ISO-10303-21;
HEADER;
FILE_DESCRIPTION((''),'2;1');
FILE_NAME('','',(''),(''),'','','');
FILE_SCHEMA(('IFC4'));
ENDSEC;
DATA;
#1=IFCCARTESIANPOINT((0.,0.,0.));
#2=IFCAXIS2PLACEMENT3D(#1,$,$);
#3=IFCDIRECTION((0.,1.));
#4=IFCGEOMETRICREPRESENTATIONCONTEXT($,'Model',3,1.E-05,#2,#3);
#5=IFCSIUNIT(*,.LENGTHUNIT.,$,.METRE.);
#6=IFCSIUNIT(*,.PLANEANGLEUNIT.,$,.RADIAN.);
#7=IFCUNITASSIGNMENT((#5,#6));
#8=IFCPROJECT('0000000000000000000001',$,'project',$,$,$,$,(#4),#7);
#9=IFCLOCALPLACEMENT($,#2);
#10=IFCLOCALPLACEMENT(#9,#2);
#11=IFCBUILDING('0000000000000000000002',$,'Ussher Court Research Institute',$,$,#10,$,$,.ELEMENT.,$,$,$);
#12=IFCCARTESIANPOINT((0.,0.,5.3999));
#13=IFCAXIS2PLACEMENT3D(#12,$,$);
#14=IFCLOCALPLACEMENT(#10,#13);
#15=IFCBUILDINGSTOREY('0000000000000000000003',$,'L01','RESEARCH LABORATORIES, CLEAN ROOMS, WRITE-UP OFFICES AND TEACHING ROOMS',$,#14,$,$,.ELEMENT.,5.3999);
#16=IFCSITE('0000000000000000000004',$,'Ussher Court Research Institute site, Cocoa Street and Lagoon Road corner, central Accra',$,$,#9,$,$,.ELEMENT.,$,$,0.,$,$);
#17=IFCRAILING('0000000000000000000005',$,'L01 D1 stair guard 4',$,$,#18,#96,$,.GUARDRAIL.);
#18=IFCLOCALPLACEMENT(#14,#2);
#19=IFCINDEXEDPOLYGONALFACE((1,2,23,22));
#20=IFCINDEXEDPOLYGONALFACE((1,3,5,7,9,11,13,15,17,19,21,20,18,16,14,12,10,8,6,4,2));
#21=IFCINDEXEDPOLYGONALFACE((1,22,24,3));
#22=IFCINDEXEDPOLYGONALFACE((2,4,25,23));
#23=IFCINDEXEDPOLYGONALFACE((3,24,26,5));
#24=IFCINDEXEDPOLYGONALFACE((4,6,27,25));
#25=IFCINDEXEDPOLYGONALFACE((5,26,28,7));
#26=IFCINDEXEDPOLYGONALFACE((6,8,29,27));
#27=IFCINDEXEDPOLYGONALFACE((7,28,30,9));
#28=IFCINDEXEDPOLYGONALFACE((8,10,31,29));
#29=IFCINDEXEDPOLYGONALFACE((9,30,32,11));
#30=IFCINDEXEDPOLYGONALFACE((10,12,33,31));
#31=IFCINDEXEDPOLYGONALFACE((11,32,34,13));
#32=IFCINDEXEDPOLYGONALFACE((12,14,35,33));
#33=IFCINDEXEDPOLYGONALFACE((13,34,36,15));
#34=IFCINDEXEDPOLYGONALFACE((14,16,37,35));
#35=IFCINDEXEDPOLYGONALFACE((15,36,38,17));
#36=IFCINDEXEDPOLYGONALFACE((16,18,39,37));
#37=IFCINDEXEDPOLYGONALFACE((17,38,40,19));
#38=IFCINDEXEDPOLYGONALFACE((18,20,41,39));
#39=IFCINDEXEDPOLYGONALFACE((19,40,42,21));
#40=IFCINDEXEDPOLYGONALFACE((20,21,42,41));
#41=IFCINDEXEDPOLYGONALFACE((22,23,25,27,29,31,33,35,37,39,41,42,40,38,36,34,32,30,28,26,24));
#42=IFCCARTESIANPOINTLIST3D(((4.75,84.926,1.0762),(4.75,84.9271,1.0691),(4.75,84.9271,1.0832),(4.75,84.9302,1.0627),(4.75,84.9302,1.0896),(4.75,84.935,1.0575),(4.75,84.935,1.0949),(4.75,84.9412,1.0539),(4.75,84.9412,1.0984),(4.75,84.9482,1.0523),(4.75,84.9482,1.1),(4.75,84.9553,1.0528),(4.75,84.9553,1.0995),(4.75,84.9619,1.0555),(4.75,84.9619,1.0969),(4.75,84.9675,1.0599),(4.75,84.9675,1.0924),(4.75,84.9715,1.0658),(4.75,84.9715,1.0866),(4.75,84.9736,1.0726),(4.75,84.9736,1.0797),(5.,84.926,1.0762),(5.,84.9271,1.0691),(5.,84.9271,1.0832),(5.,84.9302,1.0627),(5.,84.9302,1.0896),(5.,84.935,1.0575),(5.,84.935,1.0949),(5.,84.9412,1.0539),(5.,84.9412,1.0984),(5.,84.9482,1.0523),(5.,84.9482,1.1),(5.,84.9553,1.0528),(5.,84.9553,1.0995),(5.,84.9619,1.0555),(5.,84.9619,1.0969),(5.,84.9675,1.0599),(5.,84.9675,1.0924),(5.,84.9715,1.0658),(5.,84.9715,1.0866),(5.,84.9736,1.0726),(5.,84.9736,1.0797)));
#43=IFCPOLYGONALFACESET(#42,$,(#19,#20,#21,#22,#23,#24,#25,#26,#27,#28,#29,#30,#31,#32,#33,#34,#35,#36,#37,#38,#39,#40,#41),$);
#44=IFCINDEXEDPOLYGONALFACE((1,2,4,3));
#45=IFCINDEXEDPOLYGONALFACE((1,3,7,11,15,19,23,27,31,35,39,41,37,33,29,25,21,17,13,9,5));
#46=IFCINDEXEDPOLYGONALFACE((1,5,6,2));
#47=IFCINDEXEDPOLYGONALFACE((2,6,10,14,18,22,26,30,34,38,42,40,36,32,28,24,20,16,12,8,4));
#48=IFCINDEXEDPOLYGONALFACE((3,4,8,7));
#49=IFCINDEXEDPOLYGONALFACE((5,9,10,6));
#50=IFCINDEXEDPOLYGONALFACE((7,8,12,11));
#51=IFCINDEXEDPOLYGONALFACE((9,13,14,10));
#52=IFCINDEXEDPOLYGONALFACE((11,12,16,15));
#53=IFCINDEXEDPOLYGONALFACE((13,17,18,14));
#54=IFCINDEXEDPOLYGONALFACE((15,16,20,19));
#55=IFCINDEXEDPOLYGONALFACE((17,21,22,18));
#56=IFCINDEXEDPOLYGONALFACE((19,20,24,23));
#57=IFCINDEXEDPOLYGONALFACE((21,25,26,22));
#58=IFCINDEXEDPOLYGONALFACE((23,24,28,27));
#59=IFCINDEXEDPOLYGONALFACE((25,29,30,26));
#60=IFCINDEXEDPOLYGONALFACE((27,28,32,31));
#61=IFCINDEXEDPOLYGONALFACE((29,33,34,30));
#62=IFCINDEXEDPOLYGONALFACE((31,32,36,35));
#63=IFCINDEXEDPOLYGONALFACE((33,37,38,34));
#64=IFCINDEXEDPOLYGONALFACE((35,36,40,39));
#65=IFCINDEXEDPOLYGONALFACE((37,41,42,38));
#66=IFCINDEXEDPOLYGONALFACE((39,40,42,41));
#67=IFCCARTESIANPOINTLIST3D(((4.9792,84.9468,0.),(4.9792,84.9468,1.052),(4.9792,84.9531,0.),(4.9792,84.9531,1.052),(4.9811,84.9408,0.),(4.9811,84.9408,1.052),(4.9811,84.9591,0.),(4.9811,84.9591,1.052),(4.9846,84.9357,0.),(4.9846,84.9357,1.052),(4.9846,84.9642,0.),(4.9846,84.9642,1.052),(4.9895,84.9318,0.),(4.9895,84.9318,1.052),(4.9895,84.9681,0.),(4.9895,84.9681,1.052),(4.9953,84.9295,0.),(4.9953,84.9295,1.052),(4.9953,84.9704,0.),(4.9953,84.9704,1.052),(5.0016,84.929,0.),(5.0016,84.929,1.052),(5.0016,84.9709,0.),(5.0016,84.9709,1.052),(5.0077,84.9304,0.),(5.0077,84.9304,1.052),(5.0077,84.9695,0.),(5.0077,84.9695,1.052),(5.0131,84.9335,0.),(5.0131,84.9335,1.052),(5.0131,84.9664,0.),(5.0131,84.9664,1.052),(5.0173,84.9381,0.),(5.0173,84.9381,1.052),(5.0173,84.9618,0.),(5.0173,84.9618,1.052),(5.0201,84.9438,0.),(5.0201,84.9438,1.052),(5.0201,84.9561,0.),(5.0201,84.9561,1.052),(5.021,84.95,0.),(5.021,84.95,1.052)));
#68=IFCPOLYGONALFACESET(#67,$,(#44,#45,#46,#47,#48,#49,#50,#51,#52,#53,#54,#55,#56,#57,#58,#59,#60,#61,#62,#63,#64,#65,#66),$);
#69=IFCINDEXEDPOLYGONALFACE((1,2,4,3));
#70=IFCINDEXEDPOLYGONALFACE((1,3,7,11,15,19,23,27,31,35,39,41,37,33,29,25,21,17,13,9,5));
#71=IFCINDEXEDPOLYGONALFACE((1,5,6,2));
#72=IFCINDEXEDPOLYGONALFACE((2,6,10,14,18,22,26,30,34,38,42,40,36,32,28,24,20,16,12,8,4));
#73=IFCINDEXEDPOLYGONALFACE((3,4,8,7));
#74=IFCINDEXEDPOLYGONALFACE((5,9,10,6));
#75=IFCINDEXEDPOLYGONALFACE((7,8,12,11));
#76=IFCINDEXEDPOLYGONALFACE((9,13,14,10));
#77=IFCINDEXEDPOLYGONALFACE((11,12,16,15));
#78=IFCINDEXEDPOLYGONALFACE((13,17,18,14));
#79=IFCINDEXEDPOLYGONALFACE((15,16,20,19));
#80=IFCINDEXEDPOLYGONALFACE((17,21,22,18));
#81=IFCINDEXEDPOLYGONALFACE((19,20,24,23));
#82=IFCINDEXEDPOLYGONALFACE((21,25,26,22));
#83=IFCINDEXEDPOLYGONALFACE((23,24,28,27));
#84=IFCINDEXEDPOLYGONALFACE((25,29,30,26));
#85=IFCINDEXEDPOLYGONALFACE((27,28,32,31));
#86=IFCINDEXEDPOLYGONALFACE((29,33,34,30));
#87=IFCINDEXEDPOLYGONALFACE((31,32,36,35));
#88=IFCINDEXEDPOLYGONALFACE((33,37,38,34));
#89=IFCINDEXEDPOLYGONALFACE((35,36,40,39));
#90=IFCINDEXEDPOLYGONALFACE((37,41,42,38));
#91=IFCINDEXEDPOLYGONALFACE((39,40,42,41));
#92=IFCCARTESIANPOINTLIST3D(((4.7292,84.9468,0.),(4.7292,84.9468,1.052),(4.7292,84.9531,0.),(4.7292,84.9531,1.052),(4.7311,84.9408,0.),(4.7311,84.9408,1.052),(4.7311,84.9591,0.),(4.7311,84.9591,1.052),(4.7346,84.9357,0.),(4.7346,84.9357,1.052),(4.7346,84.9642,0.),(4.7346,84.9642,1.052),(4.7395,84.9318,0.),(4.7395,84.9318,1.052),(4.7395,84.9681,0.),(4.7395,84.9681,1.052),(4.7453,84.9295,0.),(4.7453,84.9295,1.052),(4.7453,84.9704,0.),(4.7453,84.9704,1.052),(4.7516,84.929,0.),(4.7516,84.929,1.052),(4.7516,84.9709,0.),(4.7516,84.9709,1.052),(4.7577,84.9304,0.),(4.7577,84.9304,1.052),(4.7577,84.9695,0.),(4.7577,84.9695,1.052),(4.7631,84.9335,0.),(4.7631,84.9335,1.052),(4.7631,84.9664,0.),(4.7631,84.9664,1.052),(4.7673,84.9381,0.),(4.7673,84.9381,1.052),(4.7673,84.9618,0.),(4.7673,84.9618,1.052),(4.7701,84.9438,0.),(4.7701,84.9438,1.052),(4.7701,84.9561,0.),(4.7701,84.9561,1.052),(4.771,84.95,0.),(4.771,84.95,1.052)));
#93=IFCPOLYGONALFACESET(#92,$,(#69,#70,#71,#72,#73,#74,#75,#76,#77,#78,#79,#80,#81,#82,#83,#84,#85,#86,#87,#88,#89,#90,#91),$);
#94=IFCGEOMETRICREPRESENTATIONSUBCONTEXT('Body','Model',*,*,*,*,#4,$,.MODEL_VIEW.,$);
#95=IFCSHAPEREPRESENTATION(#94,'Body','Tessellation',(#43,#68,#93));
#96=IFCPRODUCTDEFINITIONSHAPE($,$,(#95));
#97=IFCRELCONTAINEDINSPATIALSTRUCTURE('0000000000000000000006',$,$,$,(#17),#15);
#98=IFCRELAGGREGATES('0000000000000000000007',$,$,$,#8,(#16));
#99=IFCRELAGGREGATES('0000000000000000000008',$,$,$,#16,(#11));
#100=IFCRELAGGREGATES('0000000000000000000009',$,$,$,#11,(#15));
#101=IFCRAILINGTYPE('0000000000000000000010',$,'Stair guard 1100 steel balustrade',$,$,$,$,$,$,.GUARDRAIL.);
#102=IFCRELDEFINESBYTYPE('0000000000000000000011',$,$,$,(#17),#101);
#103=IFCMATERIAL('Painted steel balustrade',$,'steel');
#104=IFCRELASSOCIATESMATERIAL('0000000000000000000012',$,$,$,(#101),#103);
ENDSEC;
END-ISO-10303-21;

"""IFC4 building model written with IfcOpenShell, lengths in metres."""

from ifc_helpers import new_model, si_unit, direction, frame, origin, origin_2d, place, context, subcontext, project, spatial, circle, extrude, material, type_object, element, save


model = new_model("IFC4")

# Units and contexts
model_context = context("Model", 3, precision=1e-05, world=origin(), true_north=direction((0.0, 1.0)))
body_context = subcontext(model_context, "Body", "Model", "MODEL_VIEW")
ifc_project = project(units=[si_unit("LENGTHUNIT", "METRE"), si_unit("PLANEANGLEUNIT", "RADIAN")], contexts=[model_context])

# Site, building, storey
site_placement = place(None, origin())
site = spatial("IfcSite", under=ifc_project, at=site_placement, Name="Ussher Court Research Institute site, Cocoa Street and Lagoon Road corner, central Accra", CompositionType="ELEMENT", RefElevation=0.0)
building_placement = place(site_placement, origin())
building = spatial("IfcBuilding", under=site, at=building_placement, Name="Ussher Court Research Institute", CompositionType="ELEMENT")
storey_placement = place(building_placement, frame((0.0, 0.0, 5.3999)))
storey = spatial("IfcBuildingStorey", under=building, at=storey_placement, Name="L01", Description="RESEARCH LABORATORIES, CLEAN ROOMS, WRITE-UP OFFICES AND TEACHING ROOMS", CompositionType="ELEMENT", Elevation=5.3999)

# Railing
ifc_material_1 = material(Name="Painted steel balustrade", Category="steel")
railing_type = type_object("IfcRailingType", Name="Stair guard 1100 steel balustrade", PredefinedType="GUARDRAIL", material=ifc_material_1)
railing_1_placement = place(storey_placement, frame((5.0, 84.95, 0.0)))
element("IfcRailing", 1, at=railing_1_placement, inside=storey, type_object=railing_type, Name="L01 D1 stair guard 4", PredefinedType="GUARDRAIL", context=body_context, shape_type="SweptSolid", body=[
    extrude(circle(Radius=0.0239, at=origin_2d()), frame((0.0, 0.0, 1.0762), z_axis=(-1.0, 0.0, 0.0), x_axis=(0.0, -1.0, 0.0)), (0.0, 0.0, 1.0), 0.25),
    extrude(circle(Radius=0.021, at=origin_2d()), origin(), (0.0, 0.0, 1.0), 1.052),
    extrude(circle(Radius=0.021, at=origin_2d()), frame((-0.25, 0.0, 0.0)), (0.0, 0.0, 1.0), 1.052),
])

save(model, "model.ifc")
